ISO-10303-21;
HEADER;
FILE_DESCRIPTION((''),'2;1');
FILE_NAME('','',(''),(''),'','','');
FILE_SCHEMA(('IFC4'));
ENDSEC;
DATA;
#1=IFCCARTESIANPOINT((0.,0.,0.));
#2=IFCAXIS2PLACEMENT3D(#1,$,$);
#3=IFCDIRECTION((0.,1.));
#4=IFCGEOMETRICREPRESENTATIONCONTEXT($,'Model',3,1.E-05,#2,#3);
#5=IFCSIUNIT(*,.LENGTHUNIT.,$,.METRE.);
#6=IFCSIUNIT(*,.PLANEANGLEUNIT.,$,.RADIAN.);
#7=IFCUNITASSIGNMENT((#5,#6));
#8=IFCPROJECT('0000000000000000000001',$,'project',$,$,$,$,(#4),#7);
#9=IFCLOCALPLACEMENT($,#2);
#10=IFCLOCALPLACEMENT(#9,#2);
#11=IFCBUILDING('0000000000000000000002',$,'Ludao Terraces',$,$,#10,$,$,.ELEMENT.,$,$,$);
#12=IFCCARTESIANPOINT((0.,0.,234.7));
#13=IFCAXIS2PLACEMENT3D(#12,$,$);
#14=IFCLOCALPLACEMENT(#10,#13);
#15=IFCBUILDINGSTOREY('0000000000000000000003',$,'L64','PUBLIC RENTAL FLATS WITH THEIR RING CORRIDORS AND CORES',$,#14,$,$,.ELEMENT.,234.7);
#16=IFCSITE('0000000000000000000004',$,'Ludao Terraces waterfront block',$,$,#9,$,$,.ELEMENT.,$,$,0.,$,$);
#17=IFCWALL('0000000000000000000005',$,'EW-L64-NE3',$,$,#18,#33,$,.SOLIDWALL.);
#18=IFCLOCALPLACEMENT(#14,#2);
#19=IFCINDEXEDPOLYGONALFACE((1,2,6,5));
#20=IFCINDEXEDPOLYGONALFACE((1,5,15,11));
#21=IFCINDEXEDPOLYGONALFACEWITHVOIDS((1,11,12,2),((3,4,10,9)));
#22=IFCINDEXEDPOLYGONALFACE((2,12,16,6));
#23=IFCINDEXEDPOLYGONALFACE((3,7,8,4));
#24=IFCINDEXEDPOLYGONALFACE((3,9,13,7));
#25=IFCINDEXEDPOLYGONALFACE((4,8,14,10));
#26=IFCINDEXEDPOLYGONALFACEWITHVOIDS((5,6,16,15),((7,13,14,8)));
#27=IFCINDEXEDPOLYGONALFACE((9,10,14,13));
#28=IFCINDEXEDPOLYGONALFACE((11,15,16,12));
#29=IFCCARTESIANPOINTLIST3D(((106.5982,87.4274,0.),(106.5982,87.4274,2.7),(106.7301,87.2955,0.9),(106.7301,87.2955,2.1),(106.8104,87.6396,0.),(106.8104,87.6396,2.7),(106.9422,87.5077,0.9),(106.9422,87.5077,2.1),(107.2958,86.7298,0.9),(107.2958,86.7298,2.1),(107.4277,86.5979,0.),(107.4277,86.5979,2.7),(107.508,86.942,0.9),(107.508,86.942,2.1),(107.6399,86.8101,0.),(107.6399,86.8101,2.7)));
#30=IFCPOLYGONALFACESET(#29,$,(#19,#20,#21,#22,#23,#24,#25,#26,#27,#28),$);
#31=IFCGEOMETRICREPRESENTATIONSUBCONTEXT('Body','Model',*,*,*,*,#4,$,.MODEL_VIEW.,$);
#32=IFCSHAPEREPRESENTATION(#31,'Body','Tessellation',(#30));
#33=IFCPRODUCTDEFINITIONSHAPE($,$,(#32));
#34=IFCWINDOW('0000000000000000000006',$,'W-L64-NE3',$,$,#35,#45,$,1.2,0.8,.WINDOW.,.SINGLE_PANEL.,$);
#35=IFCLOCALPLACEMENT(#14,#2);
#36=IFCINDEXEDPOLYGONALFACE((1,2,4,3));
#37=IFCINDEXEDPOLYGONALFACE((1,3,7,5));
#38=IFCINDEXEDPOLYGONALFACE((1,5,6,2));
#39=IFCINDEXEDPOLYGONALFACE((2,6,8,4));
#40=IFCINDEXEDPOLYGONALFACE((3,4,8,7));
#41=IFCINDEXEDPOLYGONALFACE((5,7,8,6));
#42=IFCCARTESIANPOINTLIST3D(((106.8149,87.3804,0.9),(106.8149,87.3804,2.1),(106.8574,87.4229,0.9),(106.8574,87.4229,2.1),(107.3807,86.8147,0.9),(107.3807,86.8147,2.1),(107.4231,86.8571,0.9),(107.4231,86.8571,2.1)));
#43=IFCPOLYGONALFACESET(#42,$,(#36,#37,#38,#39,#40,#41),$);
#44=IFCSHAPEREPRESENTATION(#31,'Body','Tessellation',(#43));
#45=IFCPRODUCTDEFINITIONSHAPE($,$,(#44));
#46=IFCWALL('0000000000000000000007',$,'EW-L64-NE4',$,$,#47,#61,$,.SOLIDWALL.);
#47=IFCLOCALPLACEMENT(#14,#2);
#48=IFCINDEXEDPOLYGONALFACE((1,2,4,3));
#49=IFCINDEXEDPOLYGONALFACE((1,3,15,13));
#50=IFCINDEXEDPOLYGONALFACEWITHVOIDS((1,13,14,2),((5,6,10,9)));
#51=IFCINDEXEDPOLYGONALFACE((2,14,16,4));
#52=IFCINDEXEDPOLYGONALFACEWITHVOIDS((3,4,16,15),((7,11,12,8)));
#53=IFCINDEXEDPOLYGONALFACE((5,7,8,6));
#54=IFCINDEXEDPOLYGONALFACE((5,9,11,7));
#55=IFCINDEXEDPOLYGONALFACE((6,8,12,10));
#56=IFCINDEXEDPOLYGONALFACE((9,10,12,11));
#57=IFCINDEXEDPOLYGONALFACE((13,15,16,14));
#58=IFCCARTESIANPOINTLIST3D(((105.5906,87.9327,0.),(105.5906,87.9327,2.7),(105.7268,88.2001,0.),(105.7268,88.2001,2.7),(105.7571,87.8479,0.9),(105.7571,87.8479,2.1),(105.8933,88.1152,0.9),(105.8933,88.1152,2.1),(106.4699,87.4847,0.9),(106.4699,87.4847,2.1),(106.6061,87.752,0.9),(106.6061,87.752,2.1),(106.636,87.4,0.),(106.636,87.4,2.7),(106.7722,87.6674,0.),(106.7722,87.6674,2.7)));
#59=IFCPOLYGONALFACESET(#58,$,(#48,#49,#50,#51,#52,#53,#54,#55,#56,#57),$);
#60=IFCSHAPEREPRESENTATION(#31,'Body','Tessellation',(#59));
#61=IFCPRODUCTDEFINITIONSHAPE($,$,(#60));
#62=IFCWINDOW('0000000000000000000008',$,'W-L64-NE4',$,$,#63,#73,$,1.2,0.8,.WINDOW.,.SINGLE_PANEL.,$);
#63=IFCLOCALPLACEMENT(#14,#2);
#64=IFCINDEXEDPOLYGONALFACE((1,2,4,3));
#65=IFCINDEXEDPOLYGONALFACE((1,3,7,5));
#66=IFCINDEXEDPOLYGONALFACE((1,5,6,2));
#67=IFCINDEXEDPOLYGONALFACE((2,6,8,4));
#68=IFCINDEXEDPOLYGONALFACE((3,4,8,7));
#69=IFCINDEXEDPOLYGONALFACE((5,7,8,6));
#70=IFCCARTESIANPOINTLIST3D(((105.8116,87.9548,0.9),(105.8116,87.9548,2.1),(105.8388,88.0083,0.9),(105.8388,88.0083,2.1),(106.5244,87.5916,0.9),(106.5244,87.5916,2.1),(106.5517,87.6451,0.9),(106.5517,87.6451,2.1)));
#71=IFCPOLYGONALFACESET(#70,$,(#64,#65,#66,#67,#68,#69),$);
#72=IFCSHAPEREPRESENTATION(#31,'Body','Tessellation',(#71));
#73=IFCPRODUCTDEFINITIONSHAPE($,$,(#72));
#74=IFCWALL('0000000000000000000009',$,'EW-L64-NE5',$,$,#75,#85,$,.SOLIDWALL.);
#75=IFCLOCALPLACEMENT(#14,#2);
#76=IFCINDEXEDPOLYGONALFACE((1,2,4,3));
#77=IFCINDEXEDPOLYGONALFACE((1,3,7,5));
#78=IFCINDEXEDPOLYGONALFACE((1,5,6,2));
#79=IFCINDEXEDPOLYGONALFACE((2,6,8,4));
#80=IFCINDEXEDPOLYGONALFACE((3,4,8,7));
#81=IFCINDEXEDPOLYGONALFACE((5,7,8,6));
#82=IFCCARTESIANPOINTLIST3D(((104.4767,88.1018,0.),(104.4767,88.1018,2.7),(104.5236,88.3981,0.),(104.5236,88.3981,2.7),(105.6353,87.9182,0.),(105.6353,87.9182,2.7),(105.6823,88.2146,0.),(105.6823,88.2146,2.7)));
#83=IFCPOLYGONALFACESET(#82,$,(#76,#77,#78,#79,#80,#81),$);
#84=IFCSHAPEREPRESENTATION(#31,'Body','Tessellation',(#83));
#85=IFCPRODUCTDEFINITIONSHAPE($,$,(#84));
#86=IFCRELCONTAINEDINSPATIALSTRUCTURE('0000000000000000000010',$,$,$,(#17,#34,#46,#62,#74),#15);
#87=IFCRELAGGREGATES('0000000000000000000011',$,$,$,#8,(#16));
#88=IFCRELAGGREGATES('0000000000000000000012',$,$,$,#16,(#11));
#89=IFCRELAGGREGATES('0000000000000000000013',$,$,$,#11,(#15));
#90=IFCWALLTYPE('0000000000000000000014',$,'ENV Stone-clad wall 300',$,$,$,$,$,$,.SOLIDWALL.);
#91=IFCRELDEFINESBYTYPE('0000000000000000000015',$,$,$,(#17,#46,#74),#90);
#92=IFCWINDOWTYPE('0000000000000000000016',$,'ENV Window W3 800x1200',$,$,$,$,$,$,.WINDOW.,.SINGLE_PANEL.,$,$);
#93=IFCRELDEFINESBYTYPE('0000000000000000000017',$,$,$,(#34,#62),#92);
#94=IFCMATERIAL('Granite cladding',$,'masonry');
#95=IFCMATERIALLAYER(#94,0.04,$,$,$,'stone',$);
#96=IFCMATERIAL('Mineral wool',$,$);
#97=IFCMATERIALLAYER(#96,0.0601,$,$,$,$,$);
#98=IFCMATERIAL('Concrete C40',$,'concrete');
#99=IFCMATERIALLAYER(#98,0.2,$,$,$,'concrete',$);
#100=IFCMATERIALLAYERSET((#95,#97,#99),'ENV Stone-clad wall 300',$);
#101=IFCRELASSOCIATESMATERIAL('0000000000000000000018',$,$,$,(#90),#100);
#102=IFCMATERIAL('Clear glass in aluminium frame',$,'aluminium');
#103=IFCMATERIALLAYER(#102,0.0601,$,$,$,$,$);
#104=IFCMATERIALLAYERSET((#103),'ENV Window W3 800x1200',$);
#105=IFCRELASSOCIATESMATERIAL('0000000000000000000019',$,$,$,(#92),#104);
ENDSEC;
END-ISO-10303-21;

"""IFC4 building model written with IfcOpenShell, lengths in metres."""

from ifc_helpers import new_model, si_unit, direction, frame, frame_2d, origin, place, context, subcontext, project, spatial, rectangle, extrude, material, layer, layer_set, type_object, element, fill, save


model = new_model("IFC4")

# Units and contexts
model_context = context("Model", 3, precision=1e-05, world=origin(), true_north=direction((0.0, 1.0)))
body_context = subcontext(model_context, "Body", "Model", "MODEL_VIEW")
ifc_project = project(units=[si_unit("LENGTHUNIT", "METRE"), si_unit("PLANEANGLEUNIT", "RADIAN")], contexts=[model_context])

# Site, building, storey
site_placement = place(None, origin())
site = spatial("IfcSite", under=ifc_project, at=site_placement, Name="Ludao Terraces waterfront block", CompositionType="ELEMENT", RefElevation=0.0)
building_placement = place(site_placement, origin())
building = spatial("IfcBuilding", under=site, at=building_placement, Name="Ludao Terraces", CompositionType="ELEMENT")
storey_placement = place(building_placement, frame((0.0, 0.0, 234.7)))
storey = spatial("IfcBuildingStorey", under=building, at=storey_placement, Name="L64", Description="PUBLIC RENTAL FLATS WITH THEIR RING CORRIDORS AND CORES", CompositionType="ELEMENT", Elevation=234.7)

# Shared definitions
ifc_material_1 = material(Name="Concrete C40", Category="concrete")

# Shared definitions
ifc_material_2 = material(Name="Granite cladding", Category="masonry")
ifc_layer_1 = layer(ifc_material_2, 0.04, Category="stone")
ifc_material_3 = material(Name="Mineral wool")
ifc_layer_2 = layer(ifc_material_3, 0.0601)
ifc_layer_3 = layer(ifc_material_1, 0.2, Category="concrete")
ifc_layer_set_1 = layer_set([ifc_layer_1, ifc_layer_2, ifc_layer_3], Name="ENV Stone-clad wall 300")
wall_type = type_object("IfcWallType", Name="ENV Stone-clad wall 300", PredefinedType="SOLIDWALL", material=ifc_layer_set_1)
ifc_material_4 = material(Name="Clear glass in aluminium frame", Category="aluminium")

# Walls, openings, windows
ifc_layer_4 = layer(ifc_material_4, 0.0601)
ifc_layer_set_2 = layer_set([ifc_layer_4], Name="ENV Window W3 800x1200")
window_type_1 = type_object("IfcWindowType", Name="ENV Window W3 800x1200", PartitioningType="SINGLE_PANEL", PredefinedType="WINDOW", material=ifc_layer_set_2)
wall_1_placement = place(storey_placement, frame((107.5337, 86.7041, 0.0), z_axis=(0.0, 0.0, 1.0), x_axis=(-0.707107, 0.707107, 0.0)))
wall_1 = element("IfcWall", 1, at=wall_1_placement, inside=storey, type_object=wall_type, Name="EW-L64-NE3", PredefinedType="SOLIDWALL", context=body_context, shape_type="SweptSolid", body=[
    extrude(rectangle(XDim=1.1731, YDim=0.3, at=frame_2d((0.5864, 0.0))), origin(), (0.0, 0.0, 1.0), 2.7),
])
opening_1_placement = place(wall_1_placement, frame((0.1865, 0.0, 0.8999)))
opening_1 = element("IfcOpeningElement", 2, at=opening_1_placement, cuts=wall_1, PredefinedType="OPENING", context=body_context, shape_type="SweptSolid", body=[
    extrude(rectangle(XDim=0.8, YDim=1.2, at=frame_2d((0.3999, 0.6001))), frame((0.0, 0.1602, 0.0), z_axis=(0.0, -1.0, 0.0), x_axis=(1.0, 0.0, 0.0)), (0.0, 0.0, 1.0), 0.3201),
])
window_1_placement = place(opening_1_placement, origin())
window_1 = element("IfcWindow", 3, at=window_1_placement, inside=storey, type_object=window_type_1, Name="W-L64-NE3", OverallHeight=1.2, OverallWidth=0.8, PartitioningType="SINGLE_PANEL", PredefinedType="WINDOW", context=body_context, shape_type="SweptSolid", body=[
    extrude(rectangle(XDim=0.8, YDim=1.2, at=frame_2d((0.3999, 0.6001))), frame((0.0, 0.03, 0.0), z_axis=(0.0, -1.0, 0.0), x_axis=(1.0, 0.0, 0.0)), (0.0, 0.0, 1.0), 0.0601),
])
fill(opening_1, window_1)
wall_2_placement = place(storey_placement, frame((106.7041, 87.5337, 0.0), z_axis=(0.0, 0.0, 1.0), x_axis=(-0.890989, 0.454026, 0.0)))
wall_2 = element("IfcWall", 4, at=wall_2_placement, inside=storey, type_object=wall_type, Name="EW-L64-NE4", PredefinedType="SOLIDWALL", context=body_context, shape_type="SweptSolid", body=[
    extrude(rectangle(XDim=1.1733, YDim=0.3, at=frame_2d((0.5867, 0.0))), origin(), (0.0, 0.0, 1.0), 2.7),
])
opening_2_placement = place(wall_2_placement, frame((0.1865, 0.0, 0.8999)))
opening_2 = element("IfcOpeningElement", 5, at=opening_2_placement, cuts=wall_2, PredefinedType="OPENING", context=body_context, shape_type="SweptSolid", body=[
    extrude(rectangle(XDim=0.8, YDim=1.2, at=frame_2d((0.3999, 0.6001))), frame((0.0, 0.1602, 0.0), z_axis=(0.0, -1.0, 0.0), x_axis=(1.0, 0.0, 0.0)), (0.0, 0.0, 1.0), 0.3201),
])
window_2_placement = place(opening_2_placement, origin())
window_2 = element("IfcWindow", 6, at=window_2_placement, inside=storey, type_object=window_type_1, Name="W-L64-NE4", OverallHeight=1.2, OverallWidth=0.8, PartitioningType="SINGLE_PANEL", PredefinedType="WINDOW", context=body_context, shape_type="SweptSolid", body=[
    extrude(rectangle(XDim=0.8, YDim=1.2, at=frame_2d((0.3999, 0.6001))), frame((0.0, 0.03, 0.0), z_axis=(0.0, -1.0, 0.0), x_axis=(1.0, 0.0, 0.0)), (0.0, 0.0, 1.0), 0.0601),
])
fill(opening_2, window_2)

# Wall
wall_3_placement = place(storey_placement, frame((105.6587, 88.0664, 0.0), z_axis=(0.0, 0.0, 1.0), x_axis=(-0.987678, 0.156497, 0.0)))
element("IfcWall", 7, at=wall_3_placement, inside=storey, type_object=wall_type, Name="EW-L64-NE5", PredefinedType="SOLIDWALL", context=body_context, shape_type="SweptSolid", body=[
    extrude(rectangle(XDim=1.1731, YDim=0.3, at=frame_2d((0.5864, 0.0))), origin(), (0.0, 0.0, 1.0), 2.7),
])

save(model, "model.ifc")
